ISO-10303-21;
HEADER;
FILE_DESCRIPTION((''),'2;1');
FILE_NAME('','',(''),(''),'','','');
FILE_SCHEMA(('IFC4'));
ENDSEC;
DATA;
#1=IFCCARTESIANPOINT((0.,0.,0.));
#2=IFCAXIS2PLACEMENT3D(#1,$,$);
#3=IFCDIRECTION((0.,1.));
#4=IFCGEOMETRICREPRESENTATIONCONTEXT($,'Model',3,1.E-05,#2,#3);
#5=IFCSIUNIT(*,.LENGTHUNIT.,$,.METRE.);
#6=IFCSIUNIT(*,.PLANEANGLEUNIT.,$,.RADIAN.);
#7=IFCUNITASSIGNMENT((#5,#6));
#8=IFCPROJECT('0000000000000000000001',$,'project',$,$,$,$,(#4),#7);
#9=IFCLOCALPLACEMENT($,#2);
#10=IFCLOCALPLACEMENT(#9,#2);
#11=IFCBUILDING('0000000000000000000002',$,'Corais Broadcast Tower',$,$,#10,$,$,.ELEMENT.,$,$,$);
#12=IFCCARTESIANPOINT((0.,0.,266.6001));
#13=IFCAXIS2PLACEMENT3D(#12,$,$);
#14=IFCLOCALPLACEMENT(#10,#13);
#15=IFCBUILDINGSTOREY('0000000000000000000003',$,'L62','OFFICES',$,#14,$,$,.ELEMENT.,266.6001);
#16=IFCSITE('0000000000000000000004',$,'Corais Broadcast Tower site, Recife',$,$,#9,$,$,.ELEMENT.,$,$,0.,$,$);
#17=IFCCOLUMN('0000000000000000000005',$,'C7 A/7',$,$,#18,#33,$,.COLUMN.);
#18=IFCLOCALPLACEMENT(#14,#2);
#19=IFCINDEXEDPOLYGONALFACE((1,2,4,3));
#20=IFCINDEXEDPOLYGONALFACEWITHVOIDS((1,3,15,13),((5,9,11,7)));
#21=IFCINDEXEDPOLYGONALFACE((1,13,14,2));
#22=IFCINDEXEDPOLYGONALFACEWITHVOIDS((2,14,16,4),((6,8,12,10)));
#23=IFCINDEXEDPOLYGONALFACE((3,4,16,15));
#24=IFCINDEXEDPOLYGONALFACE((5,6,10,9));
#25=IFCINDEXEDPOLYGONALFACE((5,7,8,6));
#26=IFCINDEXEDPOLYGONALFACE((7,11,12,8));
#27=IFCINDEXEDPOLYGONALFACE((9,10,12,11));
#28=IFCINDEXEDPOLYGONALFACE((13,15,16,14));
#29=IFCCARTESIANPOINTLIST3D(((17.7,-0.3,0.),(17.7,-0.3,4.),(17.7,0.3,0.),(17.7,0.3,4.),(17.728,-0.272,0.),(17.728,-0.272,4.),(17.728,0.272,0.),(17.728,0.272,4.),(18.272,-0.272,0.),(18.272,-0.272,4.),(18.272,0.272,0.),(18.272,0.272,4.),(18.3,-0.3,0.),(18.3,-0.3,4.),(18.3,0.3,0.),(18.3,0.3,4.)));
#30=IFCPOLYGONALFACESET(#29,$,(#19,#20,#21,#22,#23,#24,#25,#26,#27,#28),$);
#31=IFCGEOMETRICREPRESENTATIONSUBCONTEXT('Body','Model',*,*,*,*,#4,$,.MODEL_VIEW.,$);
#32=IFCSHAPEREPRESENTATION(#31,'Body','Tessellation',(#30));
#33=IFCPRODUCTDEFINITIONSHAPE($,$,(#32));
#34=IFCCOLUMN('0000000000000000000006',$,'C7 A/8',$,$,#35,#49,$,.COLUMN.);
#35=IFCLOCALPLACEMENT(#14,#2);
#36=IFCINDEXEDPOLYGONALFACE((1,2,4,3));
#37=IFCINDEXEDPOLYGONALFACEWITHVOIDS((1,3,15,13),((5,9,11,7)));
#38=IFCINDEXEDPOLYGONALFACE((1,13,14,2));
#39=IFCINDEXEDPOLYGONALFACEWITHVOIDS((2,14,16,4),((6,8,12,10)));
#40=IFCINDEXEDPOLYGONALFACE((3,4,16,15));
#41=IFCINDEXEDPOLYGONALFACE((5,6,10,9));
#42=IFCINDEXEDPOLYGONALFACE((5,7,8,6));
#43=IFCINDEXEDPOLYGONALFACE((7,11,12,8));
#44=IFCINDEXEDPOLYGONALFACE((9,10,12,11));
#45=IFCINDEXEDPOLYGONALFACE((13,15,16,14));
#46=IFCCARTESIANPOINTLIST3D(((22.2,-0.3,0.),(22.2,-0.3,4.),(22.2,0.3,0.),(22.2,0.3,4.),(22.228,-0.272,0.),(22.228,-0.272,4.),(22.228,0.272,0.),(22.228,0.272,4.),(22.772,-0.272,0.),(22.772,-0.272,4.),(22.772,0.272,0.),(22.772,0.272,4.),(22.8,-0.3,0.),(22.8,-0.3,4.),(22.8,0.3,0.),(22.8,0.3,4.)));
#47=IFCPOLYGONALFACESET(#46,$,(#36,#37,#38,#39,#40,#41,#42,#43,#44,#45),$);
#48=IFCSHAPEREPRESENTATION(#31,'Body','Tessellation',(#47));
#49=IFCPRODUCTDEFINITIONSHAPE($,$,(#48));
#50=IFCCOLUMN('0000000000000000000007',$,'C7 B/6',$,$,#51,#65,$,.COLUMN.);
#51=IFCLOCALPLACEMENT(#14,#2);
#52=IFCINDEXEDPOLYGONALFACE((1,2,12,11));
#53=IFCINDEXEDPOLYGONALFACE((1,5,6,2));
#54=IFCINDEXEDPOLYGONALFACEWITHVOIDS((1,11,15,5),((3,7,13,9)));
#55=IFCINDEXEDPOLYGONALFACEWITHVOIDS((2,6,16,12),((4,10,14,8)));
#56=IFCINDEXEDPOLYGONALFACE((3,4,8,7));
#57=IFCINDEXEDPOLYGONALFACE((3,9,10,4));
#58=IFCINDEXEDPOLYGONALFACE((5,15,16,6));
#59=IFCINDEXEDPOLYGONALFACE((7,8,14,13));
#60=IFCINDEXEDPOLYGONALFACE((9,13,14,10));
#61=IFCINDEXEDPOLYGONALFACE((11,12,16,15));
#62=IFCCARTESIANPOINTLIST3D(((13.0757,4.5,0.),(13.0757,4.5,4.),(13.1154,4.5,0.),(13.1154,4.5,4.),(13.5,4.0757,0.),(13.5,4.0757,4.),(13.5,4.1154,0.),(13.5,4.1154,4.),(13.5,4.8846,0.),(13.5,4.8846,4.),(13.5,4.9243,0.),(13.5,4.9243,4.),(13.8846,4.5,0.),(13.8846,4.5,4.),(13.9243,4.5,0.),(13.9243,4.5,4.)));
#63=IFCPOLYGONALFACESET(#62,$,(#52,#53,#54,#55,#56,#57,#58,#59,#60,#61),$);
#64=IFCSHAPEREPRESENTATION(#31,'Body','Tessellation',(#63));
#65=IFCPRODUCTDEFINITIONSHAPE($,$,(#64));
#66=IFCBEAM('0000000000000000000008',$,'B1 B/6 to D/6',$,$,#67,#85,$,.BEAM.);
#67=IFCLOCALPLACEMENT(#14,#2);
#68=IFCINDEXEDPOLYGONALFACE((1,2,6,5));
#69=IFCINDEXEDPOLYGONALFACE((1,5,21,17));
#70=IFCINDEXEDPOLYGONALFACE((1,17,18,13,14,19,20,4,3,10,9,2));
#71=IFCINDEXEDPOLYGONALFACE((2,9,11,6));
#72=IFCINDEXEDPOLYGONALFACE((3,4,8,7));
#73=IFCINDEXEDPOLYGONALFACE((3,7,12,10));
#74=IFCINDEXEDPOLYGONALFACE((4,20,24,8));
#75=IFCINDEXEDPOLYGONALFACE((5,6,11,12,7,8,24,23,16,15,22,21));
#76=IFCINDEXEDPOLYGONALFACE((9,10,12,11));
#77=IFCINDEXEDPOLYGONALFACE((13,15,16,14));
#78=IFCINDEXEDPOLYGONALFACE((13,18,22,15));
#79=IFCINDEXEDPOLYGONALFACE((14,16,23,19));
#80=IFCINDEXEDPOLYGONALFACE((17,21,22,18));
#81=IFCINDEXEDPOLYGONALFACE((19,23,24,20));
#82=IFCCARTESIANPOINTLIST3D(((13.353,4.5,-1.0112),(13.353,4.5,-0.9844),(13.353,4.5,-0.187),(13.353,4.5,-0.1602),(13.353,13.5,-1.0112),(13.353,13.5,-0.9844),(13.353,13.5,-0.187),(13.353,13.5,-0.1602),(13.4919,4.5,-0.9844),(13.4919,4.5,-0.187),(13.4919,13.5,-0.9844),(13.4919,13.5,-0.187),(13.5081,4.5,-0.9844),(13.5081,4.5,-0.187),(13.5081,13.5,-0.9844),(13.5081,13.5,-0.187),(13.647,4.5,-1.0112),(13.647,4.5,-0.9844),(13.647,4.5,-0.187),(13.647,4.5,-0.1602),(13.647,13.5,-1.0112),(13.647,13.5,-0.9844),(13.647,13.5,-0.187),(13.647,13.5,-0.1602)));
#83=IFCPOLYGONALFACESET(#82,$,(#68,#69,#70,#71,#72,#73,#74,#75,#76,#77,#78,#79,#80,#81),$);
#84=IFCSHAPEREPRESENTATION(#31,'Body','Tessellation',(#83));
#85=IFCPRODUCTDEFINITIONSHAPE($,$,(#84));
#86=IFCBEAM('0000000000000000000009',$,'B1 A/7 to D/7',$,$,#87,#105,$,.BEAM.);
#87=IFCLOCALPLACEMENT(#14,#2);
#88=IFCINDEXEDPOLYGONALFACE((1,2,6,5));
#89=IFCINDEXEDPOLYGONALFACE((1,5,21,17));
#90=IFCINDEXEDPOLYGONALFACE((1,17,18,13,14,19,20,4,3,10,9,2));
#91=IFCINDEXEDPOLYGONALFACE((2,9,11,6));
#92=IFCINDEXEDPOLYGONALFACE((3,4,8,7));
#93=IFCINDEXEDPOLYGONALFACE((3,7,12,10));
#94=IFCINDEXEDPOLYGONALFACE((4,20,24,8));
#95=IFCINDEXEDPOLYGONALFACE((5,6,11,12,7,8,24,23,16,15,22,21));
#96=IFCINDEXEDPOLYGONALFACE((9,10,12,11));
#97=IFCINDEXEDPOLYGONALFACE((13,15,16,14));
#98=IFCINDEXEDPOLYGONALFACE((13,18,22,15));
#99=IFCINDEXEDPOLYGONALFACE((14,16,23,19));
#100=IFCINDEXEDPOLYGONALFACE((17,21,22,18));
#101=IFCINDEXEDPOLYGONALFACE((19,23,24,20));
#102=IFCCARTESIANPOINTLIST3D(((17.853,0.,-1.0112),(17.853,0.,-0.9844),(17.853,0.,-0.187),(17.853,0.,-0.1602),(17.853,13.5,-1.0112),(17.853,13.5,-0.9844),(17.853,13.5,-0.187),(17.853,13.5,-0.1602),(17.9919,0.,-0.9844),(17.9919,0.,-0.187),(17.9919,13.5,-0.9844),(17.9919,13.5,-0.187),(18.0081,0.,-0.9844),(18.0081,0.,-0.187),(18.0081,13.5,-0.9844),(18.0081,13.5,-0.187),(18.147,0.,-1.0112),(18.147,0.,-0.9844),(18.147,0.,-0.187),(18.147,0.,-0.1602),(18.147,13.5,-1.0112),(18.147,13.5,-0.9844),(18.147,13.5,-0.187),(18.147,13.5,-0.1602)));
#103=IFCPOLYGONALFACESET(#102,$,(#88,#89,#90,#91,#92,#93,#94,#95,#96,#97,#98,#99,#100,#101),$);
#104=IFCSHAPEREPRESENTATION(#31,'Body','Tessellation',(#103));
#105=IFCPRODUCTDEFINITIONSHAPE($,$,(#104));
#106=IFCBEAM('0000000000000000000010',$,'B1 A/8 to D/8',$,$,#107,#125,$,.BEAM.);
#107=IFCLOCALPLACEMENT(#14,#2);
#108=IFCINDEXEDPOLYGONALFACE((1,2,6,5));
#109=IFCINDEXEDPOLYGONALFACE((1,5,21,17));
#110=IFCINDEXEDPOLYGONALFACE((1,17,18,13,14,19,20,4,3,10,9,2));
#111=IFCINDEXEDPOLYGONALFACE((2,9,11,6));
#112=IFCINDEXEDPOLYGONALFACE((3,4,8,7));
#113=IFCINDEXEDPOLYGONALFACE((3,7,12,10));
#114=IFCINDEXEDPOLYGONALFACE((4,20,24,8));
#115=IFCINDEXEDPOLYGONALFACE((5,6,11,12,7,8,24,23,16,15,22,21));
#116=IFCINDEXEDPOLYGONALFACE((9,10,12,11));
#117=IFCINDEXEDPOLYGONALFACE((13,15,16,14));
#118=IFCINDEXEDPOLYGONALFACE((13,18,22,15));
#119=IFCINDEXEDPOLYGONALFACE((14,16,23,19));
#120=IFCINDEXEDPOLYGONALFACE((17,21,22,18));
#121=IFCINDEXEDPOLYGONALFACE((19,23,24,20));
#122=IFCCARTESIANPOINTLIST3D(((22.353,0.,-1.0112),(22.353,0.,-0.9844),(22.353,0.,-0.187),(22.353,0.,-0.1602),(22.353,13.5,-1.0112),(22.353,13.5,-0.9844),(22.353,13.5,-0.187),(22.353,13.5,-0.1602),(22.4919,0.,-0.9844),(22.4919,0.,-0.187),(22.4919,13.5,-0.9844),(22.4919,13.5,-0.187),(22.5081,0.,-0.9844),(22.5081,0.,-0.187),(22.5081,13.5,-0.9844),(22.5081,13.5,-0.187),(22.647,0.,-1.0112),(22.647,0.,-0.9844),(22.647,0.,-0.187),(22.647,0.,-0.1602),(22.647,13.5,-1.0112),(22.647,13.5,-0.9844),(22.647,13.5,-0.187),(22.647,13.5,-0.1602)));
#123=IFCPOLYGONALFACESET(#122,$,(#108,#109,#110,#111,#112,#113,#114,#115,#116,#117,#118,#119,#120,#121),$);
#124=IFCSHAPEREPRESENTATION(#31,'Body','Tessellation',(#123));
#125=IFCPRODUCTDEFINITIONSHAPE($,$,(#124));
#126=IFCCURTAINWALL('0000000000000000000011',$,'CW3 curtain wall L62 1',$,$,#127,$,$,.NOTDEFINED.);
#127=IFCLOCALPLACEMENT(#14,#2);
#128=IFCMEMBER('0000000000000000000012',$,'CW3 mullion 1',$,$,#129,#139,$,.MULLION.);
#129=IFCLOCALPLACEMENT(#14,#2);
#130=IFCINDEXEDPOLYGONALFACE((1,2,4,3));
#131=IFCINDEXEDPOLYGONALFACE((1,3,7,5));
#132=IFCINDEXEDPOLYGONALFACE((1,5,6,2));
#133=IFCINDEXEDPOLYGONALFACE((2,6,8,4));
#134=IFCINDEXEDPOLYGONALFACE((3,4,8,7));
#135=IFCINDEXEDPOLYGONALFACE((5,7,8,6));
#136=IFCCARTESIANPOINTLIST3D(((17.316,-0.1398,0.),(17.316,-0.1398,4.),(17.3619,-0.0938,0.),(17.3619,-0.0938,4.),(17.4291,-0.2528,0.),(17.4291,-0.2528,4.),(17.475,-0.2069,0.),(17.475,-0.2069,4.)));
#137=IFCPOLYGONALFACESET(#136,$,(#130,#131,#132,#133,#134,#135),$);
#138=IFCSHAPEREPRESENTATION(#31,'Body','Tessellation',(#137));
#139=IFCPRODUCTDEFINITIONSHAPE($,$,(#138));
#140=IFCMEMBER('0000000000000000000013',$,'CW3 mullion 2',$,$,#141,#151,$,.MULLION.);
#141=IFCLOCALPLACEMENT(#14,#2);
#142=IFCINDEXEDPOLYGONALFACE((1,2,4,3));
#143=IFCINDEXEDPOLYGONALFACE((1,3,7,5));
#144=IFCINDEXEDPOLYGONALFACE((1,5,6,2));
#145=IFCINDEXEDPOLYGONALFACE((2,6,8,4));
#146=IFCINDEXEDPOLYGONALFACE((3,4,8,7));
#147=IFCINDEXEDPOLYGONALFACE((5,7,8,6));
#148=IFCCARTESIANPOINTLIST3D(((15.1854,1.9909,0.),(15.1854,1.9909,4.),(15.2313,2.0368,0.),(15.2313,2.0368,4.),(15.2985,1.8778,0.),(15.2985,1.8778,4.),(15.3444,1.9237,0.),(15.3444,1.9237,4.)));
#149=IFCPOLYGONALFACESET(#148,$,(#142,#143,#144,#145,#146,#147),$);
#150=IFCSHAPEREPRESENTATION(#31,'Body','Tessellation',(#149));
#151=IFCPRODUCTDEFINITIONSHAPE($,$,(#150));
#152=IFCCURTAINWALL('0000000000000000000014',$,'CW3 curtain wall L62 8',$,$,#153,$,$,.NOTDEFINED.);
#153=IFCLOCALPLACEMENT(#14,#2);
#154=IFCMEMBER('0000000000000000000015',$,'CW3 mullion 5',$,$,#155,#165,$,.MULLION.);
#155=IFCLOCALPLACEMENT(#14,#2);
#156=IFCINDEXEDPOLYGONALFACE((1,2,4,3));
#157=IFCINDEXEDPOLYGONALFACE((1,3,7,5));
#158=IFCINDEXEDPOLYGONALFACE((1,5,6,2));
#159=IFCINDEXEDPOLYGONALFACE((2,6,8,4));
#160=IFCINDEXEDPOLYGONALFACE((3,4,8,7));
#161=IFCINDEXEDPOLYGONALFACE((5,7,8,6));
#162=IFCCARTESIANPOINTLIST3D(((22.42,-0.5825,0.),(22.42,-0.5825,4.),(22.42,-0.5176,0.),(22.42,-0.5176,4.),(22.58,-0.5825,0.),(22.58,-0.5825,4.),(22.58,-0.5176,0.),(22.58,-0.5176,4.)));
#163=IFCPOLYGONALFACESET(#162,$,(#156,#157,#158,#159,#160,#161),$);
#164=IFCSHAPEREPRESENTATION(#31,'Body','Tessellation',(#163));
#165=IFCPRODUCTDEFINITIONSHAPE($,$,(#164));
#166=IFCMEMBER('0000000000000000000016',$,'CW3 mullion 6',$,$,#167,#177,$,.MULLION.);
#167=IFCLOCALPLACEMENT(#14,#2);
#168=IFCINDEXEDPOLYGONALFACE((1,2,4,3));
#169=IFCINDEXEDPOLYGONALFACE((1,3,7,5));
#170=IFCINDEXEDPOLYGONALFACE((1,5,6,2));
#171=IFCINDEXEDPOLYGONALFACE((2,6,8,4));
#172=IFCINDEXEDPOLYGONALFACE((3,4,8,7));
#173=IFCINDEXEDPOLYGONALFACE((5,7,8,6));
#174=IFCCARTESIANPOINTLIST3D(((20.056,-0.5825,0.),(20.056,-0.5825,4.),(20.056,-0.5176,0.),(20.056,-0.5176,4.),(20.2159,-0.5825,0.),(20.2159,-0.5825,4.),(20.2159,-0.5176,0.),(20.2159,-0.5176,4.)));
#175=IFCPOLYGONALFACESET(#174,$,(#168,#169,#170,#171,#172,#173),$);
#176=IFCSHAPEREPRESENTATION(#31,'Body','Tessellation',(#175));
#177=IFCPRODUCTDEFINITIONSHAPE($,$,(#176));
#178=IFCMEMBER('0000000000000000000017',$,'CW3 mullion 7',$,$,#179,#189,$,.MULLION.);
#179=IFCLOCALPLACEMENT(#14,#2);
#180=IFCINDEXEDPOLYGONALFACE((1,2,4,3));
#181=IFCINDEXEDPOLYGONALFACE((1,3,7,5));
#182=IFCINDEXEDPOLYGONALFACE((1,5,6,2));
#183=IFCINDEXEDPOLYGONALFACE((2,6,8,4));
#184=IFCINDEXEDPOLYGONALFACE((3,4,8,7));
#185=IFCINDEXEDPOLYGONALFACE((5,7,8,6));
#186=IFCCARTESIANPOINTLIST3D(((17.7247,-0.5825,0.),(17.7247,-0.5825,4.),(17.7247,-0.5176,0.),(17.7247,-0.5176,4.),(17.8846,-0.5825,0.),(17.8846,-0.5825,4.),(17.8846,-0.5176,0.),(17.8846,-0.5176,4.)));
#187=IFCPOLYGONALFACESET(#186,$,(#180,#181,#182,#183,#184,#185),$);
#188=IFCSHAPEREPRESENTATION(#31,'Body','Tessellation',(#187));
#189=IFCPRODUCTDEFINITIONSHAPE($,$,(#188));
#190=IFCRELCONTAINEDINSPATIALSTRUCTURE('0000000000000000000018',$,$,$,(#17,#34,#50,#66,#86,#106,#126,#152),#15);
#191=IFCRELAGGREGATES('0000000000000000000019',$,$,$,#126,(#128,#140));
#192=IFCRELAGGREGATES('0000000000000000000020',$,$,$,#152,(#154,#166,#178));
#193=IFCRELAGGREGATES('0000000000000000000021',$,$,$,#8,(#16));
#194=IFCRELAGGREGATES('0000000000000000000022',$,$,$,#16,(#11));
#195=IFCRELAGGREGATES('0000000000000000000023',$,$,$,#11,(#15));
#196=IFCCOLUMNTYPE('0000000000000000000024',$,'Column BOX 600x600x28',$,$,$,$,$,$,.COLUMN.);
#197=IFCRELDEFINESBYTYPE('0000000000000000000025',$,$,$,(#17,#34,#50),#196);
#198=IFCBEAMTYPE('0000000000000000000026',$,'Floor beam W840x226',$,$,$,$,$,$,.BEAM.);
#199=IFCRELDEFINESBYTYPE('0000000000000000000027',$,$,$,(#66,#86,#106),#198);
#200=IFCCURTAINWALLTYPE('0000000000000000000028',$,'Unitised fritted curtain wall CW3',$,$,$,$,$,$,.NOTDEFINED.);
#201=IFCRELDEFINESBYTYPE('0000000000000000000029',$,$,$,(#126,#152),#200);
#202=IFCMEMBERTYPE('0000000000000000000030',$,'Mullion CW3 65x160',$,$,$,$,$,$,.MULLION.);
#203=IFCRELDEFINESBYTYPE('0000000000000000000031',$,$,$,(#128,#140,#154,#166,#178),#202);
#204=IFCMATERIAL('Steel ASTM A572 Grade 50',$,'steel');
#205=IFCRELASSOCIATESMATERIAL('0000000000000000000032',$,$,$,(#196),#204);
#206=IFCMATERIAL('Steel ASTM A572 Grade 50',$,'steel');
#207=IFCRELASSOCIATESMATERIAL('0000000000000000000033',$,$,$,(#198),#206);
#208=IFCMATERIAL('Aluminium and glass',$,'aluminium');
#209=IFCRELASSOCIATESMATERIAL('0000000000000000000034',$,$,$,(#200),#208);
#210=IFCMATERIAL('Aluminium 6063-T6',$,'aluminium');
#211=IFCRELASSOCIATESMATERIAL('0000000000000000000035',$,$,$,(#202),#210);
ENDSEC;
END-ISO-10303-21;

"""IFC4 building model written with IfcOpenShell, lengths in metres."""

from ifc_helpers import new_model, si_unit, direction, frame, origin, origin_2d, place, context, subcontext, project, spatial, rectangle, hollow_rectangle, i_section, extrude, material, material_profile, profile_set, type_object, element, aggregate, save


model = new_model("IFC4")

# Units and contexts
model_context = context("Model", 3, precision=1e-05, world=origin(), true_north=direction((0.0, 1.0)))
body_context = subcontext(model_context, "Body", "Model", "MODEL_VIEW")
ifc_project = project(units=[si_unit("LENGTHUNIT", "METRE"), si_unit("PLANEANGLEUNIT", "RADIAN")], contexts=[model_context])

# Site, building, storey
site_placement = place(None, origin())
site = spatial("IfcSite", under=ifc_project, at=site_placement, Name="Corais Broadcast Tower site, Recife", CompositionType="ELEMENT", RefElevation=0.0)
building_placement = place(site_placement, origin())
building = spatial("IfcBuilding", under=site, at=building_placement, Name="Corais Broadcast Tower", CompositionType="ELEMENT")
storey_placement = place(building_placement, frame((0.0, 0.0, 266.6001)))
storey = spatial("IfcBuildingStorey", under=building, at=storey_placement, Name="L62", Description="OFFICES", CompositionType="ELEMENT", Elevation=266.6001)

# Columns
ifc_material_1 = material(Name="Steel ASTM A572 Grade 50", Category="steel")
ifc_material_profile_1 = material_profile(ifc_material_1, hollow_rectangle(XDim=0.6001, YDim=0.6001, WallThickness=0.0281, at=origin_2d()), Name="BOX 600x600x28")
ifc_profile_set_1 = profile_set([ifc_material_profile_1], Name="Steel ASTM A572 Grade 50")
column_type = type_object("IfcColumnType", Name="Column BOX 600x600x28", PredefinedType="COLUMN", material=ifc_profile_set_1)
for number, where, z_axis, x_axis, name in (
    (1, (18.0, 0.0, 0.0), (0.0, 0.0, 1.0), (1.0, 0.0, 0.0), "C7 A/7"),
    (2, (22.5, 0.0, 0.0), (0.0, 0.0, 1.0), (1.0, 0.0, 0.0), "C7 A/8"),
    (3, (13.5, 4.5, 0.0), (0.0, 0.0, 1.0), (0.707107, 0.707107, 0.0), "C7 B/6"),
):
    element("IfcColumn", number, at=place(storey_placement, frame(where, z_axis=z_axis, x_axis=x_axis)), inside=storey, type_object=column_type, Name=name, PredefinedType="COLUMN", context=body_context, shape_type="SweptSolid", body=[
        extrude(hollow_rectangle(XDim=0.6001, YDim=0.6001, WallThickness=0.0281, at=origin_2d()), origin(), (0.0, 0.0, 1.0), 4.0),
    ])

# Beams
ifc_material_2 = material(Name="Steel ASTM A572 Grade 50", Category="steel")
ifc_material_profile_2 = material_profile(ifc_material_2, i_section(OverallWidth=0.2939, OverallDepth=0.8511, WebThickness=0.0161, FlangeThickness=0.0269, at=origin_2d()), Name="W840x226")
ifc_profile_set_2 = profile_set([ifc_material_profile_2], Name="Steel ASTM A572 Grade 50")
beam_type_1 = type_object("IfcBeamType", Name="Floor beam W840x226", PredefinedType="BEAM", material=ifc_profile_set_2)
beam_1_placement = place(storey_placement, frame((13.5, 4.5, -0.5857), z_axis=(0.0, 1.0, 0.0), x_axis=(-1.0, 0.0, 0.0)))
element("IfcBeam", 4, at=beam_1_placement, inside=storey, type_object=beam_type_1, Name="B1 B/6 to D/6", PredefinedType="BEAM", context=body_context, shape_type="SweptSolid", body=[
    extrude(i_section(OverallWidth=0.2939, OverallDepth=0.8511, WebThickness=0.0161, FlangeThickness=0.0269, at=origin_2d()), origin(), (0.0, 0.0, 1.0), 9.0),
])
for number, where, z_axis, x_axis, name in (
    (5, (18.0, 0.0, -0.5857), (0.0, 1.0, 0.0), (-1.0, 0.0, 0.0), "B1 A/7 to D/7"),
    (6, (22.5, 0.0, -0.5857), (0.0, 1.0, 0.0), (-1.0, 0.0, 0.0), "B1 A/8 to D/8"),
):
    element("IfcBeam", number, at=place(storey_placement, frame(where, z_axis=z_axis, x_axis=x_axis)), inside=storey, type_object=beam_type_1, Name=name, PredefinedType="BEAM", context=body_context, shape_type="SweptSolid", body=[
        extrude(i_section(OverallWidth=0.2939, OverallDepth=0.8511, WebThickness=0.0161, FlangeThickness=0.0269, at=origin_2d()), origin(), (0.0, 0.0, 1.0), 13.5),
    ])

# Curtain walls, members
ifc_material_3 = material(Name="Aluminium and glass", Category="aluminium")
curtain_wall_type = type_object("IfcCurtainWallType", Name="Unitised fritted curtain wall CW3", PredefinedType="NOTDEFINED", material=ifc_material_3)
curtain_wall_1_placement = place(storey_placement, origin())
curtain_wall_1 = element("IfcCurtainWall", 7, at=curtain_wall_1_placement, inside=storey, type_object=curtain_wall_type, Name="CW3 curtain wall L62 1", PredefinedType="NOTDEFINED")
ifc_material_4 = material(Name="Aluminium 6063-T6", Category="aluminium")
ifc_material_profile_3 = material_profile(ifc_material_4, rectangle(XDim=0.0649, YDim=0.1599, at=origin_2d()), Name="Mullion CW3 65x160")
ifc_profile_set_3 = profile_set([ifc_material_profile_3], Name="Aluminium 6063-T6")
member_type_1 = type_object("IfcMemberType", Name="Mullion CW3 65x160", PredefinedType="MULLION", material=ifc_profile_set_3)
member_1_placement = place(storey_placement, frame((17.3955, -0.1733, 0.0), z_axis=(0.0, 0.0, 1.0), x_axis=(-0.707107, -0.707107, 0.0)))
member_1 = element("IfcMember", 8, at=member_1_placement, type_object=member_type_1, Name="CW3 mullion 1", PredefinedType="MULLION", context=body_context, shape_type="SweptSolid", body=[
    extrude(rectangle(XDim=0.0649, YDim=0.1599, at=origin_2d()), origin(), (0.0, 0.0, 1.0), 4.0),
])
member_2_placement = place(storey_placement, frame((15.2649, 1.9573, 0.0), z_axis=(0.0, 0.0, 1.0), x_axis=(-0.707107, -0.707107, 0.0)))
member_2 = element("IfcMember", 9, at=member_2_placement, type_object=member_type_1, Name="CW3 mullion 2", PredefinedType="MULLION", context=body_context, shape_type="SweptSolid", body=[
    extrude(rectangle(XDim=0.0649, YDim=0.1599, at=origin_2d()), origin(), (0.0, 0.0, 1.0), 4.0),
])
curtain_wall_2_placement = place(storey_placement, origin())
curtain_wall_2 = element("IfcCurtainWall", 10, at=curtain_wall_2_placement, inside=storey, type_object=curtain_wall_type, Name="CW3 curtain wall L62 8", PredefinedType="NOTDEFINED")
member_3_placement = place(storey_placement, frame((22.5, -0.55, 0.0), z_axis=(0.0, 0.0, 1.0), x_axis=(0.0, -1.0, 0.0)))
member_3 = element("IfcMember", 11, at=member_3_placement, type_object=member_type_1, Name="CW3 mullion 5", PredefinedType="MULLION", context=body_context, shape_type="SweptSolid", body=[
    extrude(rectangle(XDim=0.0649, YDim=0.1599, at=origin_2d()), origin(), (0.0, 0.0, 1.0), 4.0),
])
member_4_placement = place(storey_placement, frame((20.136, -0.55, 0.0), z_axis=(0.0, 0.0, 1.0), x_axis=(0.0, -1.0, 0.0)))
member_4 = element("IfcMember", 12, at=member_4_placement, type_object=member_type_1, Name="CW3 mullion 6", PredefinedType="MULLION", context=body_context, shape_type="SweptSolid", body=[
    extrude(rectangle(XDim=0.0649, YDim=0.1599, at=origin_2d()), origin(), (0.0, 0.0, 1.0), 4.0),
])
member_5_placement = place(storey_placement, frame((17.8047, -0.55, 0.0), z_axis=(0.0, 0.0, 1.0), x_axis=(0.0, -1.0, 0.0)))
member_5 = element("IfcMember", 13, at=member_5_placement, type_object=member_type_1, Name="CW3 mullion 7", PredefinedType="MULLION", context=body_context, shape_type="SweptSolid", body=[
    extrude(rectangle(XDim=0.0649, YDim=0.1599, at=origin_2d()), origin(), (0.0, 0.0, 1.0), 4.0),
])

aggregate(curtain_wall_1, [member_1, member_2])
aggregate(curtain_wall_2, [member_3, member_4, member_5])

save(model, "model.ifc")
